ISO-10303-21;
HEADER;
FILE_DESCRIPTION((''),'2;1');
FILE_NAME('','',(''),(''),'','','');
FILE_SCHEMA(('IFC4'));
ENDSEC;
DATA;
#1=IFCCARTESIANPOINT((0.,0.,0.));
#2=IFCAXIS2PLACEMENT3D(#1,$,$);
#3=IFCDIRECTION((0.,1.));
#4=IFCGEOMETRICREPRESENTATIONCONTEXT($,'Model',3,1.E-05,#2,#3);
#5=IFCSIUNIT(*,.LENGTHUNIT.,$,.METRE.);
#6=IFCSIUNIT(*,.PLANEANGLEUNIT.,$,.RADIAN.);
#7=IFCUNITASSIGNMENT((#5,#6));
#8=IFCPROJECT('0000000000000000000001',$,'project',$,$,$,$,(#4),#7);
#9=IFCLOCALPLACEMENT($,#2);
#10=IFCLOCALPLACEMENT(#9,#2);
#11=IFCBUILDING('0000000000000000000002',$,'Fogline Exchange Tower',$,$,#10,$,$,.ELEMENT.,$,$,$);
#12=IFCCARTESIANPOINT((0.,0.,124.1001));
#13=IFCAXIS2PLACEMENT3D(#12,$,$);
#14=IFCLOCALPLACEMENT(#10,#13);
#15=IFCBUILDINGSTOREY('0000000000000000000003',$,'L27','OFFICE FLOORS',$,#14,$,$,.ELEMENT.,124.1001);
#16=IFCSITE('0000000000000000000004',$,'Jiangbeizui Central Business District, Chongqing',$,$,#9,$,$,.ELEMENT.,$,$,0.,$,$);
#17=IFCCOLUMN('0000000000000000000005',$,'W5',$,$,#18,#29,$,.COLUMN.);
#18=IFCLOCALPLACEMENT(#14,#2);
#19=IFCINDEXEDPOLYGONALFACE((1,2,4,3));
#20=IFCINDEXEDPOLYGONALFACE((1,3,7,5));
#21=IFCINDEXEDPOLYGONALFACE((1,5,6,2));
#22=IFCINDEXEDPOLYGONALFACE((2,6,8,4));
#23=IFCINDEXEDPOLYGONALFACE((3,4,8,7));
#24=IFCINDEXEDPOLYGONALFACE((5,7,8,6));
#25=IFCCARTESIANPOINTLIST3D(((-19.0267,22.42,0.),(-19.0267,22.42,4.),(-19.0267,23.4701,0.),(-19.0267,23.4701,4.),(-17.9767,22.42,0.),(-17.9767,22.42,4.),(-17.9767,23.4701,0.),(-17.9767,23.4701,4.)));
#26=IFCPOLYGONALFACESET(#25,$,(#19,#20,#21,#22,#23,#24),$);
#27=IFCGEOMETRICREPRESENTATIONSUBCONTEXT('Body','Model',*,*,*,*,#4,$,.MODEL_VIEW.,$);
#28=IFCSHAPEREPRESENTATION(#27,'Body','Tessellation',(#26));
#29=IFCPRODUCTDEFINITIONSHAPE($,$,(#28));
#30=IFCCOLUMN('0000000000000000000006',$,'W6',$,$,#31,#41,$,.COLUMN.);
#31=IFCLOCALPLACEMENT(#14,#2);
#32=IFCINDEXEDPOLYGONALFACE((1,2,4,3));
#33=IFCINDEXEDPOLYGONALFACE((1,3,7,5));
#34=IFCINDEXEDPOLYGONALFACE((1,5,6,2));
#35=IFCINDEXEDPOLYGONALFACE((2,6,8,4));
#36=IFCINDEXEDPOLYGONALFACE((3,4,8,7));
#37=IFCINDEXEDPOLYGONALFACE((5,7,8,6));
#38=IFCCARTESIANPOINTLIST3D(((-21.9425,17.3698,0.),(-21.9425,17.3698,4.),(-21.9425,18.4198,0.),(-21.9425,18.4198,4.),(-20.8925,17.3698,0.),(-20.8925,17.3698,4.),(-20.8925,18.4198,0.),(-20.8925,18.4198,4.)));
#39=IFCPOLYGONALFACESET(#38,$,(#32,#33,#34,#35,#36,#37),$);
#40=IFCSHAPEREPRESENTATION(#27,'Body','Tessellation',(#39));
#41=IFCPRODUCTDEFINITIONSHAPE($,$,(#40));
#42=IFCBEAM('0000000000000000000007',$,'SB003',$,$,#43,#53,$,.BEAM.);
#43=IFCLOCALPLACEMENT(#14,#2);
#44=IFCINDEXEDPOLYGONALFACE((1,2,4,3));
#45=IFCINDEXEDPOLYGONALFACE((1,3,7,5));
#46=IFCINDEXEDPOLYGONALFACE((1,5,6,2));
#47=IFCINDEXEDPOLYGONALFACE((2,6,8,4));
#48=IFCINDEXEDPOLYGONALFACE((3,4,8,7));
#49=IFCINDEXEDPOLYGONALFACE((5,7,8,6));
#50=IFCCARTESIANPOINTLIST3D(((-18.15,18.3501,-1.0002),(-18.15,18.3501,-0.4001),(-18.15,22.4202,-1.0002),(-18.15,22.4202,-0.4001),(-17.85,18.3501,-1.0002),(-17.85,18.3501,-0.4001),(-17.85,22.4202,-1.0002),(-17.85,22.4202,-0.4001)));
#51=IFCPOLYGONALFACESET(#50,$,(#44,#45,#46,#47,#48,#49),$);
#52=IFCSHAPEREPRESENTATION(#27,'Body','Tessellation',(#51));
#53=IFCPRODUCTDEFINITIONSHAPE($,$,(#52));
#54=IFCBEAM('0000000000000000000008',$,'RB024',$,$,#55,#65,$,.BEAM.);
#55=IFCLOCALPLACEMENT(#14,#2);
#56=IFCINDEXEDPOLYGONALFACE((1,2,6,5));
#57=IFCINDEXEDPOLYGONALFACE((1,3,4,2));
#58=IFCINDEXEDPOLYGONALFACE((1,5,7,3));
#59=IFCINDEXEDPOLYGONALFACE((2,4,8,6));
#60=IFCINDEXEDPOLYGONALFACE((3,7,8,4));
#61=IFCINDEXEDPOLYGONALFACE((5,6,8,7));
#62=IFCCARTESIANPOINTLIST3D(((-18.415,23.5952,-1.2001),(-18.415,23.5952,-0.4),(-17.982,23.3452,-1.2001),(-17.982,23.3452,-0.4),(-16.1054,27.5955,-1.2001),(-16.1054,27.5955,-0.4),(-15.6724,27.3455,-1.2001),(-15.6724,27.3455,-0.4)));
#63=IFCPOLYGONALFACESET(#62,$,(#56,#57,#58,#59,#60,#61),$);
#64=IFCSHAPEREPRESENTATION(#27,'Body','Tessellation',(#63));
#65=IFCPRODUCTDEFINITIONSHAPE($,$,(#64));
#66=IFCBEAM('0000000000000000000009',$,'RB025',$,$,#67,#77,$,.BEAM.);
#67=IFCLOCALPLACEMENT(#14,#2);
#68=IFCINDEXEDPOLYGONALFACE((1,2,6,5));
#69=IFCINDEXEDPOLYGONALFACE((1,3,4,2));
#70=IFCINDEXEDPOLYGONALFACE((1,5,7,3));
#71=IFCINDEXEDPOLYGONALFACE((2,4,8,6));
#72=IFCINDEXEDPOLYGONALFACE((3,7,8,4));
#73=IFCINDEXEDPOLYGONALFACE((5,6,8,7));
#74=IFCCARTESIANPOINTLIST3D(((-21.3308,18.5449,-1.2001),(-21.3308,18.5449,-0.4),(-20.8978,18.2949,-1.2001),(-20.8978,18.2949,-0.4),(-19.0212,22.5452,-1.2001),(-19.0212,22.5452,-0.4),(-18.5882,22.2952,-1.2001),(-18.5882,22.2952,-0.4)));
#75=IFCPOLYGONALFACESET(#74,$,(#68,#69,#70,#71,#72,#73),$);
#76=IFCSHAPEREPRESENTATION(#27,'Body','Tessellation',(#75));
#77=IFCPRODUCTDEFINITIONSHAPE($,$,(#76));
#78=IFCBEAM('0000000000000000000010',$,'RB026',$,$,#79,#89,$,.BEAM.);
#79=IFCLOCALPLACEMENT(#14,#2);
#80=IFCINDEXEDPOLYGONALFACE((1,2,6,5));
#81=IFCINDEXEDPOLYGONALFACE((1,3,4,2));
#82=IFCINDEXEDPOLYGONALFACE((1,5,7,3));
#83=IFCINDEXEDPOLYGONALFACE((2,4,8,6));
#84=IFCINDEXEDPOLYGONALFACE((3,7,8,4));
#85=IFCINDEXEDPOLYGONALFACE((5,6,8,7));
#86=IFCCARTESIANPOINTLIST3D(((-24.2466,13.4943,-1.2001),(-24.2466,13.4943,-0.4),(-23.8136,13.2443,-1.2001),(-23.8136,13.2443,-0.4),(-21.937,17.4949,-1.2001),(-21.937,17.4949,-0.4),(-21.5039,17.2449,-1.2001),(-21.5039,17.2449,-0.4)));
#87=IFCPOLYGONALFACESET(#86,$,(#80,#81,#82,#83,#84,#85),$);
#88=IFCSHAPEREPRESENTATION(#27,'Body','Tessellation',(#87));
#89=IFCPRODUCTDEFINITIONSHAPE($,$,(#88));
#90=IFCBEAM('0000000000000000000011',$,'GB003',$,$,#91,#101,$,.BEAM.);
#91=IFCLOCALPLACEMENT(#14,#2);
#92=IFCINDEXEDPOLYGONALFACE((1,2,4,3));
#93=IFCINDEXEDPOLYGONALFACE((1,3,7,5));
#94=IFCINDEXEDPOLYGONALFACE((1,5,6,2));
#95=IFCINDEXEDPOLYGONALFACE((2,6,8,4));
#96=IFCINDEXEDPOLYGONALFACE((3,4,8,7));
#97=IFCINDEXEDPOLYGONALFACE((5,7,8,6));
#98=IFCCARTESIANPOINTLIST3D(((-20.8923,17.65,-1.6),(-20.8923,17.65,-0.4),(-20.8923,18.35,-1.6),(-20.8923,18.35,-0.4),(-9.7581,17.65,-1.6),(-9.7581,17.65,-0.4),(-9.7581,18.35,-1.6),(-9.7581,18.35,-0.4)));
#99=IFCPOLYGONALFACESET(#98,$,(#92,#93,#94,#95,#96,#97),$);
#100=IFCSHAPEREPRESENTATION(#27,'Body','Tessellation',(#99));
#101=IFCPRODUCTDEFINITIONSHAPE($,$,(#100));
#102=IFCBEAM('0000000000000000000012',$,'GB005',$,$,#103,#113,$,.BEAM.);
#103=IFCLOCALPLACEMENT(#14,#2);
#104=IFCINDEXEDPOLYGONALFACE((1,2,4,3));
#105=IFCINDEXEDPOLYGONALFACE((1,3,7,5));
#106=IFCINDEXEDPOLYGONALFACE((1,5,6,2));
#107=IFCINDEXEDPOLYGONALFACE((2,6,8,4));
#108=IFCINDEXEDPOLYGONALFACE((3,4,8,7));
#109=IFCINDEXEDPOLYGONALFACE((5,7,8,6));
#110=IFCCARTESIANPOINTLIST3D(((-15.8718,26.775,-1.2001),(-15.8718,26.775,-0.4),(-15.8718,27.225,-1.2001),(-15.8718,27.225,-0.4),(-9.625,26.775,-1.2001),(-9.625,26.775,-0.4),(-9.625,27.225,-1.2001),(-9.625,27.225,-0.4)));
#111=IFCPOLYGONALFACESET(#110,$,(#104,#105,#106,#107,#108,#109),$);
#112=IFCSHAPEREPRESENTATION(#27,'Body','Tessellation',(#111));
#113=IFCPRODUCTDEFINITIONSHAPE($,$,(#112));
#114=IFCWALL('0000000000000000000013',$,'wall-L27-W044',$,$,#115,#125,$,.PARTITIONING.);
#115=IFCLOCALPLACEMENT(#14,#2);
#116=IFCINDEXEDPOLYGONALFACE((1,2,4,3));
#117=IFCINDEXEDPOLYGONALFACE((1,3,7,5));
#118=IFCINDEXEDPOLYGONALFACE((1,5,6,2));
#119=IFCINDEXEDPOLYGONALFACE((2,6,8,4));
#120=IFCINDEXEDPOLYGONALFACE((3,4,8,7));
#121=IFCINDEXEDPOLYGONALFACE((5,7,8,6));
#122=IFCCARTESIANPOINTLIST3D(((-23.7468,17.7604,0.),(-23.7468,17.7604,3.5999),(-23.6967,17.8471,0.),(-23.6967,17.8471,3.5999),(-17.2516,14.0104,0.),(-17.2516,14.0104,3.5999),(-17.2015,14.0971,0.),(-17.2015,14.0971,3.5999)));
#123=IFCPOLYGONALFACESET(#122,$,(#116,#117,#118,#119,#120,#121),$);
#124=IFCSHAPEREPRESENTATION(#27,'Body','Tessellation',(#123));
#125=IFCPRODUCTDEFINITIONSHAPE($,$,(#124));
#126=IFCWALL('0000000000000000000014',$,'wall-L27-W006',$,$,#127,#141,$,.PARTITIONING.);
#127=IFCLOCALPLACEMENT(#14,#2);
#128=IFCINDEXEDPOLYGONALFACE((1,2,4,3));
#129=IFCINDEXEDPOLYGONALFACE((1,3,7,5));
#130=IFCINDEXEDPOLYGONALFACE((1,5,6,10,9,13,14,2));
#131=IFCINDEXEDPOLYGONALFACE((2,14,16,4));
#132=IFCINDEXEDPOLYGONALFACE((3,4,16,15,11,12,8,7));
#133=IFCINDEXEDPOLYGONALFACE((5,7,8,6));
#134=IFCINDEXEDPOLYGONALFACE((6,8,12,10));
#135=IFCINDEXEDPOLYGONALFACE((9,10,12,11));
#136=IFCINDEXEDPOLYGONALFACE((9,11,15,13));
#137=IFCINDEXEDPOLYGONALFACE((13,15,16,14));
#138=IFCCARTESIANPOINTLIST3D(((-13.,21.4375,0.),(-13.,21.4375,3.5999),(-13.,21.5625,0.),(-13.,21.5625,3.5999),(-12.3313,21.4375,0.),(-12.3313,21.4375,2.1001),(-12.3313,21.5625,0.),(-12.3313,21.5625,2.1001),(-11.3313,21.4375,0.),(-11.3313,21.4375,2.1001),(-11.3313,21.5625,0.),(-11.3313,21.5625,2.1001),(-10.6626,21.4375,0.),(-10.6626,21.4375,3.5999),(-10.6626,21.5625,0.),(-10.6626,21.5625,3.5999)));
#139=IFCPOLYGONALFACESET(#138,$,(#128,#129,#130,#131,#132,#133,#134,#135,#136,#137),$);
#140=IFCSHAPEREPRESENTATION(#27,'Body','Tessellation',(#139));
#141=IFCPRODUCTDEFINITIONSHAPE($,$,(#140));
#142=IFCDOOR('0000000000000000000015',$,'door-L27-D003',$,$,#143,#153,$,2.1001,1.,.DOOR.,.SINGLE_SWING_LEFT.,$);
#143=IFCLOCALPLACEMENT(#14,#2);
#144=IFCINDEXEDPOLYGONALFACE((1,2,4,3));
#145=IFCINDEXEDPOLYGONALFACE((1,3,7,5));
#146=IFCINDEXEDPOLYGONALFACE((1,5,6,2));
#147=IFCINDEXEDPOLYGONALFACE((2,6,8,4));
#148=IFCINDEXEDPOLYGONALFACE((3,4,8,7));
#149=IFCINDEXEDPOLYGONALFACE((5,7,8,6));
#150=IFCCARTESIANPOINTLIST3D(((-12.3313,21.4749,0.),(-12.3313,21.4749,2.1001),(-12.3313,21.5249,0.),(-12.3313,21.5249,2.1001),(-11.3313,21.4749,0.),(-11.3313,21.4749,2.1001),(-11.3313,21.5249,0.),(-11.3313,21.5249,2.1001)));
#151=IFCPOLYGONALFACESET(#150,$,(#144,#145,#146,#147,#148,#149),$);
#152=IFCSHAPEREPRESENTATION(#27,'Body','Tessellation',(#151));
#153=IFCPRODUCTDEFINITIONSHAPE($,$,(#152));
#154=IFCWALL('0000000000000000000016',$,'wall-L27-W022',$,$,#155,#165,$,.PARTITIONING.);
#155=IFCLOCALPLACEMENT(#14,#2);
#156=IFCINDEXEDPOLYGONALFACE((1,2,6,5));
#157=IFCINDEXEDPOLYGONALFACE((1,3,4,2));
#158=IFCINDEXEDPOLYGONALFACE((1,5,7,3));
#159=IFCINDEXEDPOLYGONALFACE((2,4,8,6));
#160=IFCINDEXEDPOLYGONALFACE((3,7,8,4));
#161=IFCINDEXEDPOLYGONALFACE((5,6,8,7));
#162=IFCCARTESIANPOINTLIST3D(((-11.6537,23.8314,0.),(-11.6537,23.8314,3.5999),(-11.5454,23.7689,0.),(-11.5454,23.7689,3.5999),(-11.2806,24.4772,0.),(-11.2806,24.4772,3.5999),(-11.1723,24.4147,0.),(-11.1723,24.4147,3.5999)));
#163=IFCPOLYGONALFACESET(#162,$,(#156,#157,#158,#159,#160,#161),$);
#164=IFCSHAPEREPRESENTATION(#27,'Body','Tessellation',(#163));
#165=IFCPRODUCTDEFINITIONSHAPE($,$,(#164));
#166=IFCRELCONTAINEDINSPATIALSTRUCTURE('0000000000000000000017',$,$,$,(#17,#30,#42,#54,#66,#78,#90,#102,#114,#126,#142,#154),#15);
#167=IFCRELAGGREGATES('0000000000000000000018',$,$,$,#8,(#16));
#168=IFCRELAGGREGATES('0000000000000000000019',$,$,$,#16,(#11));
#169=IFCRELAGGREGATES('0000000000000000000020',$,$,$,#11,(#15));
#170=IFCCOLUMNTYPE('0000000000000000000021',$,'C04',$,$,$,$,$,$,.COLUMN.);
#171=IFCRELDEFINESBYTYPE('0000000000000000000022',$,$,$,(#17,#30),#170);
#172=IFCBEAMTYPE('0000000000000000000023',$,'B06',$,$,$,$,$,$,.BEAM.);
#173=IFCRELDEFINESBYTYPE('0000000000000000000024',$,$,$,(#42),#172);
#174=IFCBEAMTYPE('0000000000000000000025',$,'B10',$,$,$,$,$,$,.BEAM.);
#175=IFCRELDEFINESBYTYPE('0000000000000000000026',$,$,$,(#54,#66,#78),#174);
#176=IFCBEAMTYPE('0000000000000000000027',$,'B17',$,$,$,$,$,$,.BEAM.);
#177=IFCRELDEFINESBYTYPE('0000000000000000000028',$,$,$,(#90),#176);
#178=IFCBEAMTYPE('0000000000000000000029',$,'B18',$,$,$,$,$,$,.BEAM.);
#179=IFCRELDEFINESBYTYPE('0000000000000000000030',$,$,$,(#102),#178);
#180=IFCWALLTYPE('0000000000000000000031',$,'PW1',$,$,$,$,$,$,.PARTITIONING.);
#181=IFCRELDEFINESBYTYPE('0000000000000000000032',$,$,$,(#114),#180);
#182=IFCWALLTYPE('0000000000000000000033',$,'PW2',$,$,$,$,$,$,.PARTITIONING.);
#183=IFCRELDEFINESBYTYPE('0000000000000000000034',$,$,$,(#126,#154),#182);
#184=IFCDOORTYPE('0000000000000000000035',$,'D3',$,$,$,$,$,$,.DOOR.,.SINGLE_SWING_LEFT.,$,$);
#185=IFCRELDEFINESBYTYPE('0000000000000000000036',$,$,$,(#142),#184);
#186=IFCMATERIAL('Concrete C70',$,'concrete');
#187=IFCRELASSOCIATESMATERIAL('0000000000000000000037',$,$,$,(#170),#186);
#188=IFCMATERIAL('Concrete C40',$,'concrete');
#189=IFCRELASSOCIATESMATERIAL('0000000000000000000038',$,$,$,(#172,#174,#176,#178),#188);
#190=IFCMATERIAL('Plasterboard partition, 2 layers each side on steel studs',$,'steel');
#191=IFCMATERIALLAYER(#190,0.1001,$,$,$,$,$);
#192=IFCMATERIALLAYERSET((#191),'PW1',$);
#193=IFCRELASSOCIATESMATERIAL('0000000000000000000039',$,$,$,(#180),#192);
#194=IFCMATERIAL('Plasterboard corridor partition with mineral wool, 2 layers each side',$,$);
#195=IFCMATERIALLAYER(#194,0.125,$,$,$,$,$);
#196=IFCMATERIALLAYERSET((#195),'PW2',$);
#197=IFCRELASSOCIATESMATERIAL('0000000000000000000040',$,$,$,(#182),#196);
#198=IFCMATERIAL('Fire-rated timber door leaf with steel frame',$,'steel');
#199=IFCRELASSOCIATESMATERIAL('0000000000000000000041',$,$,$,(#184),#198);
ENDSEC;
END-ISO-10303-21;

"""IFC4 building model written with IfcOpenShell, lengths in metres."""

from ifc_helpers import new_model, si_unit, direction, frame, frame_2d, origin, origin_2d, place, context, subcontext, project, spatial, rectangle, extrude, material, layer, layer_set, material_profile, profile_set, type_object, element, fill, save


model = new_model("IFC4")

# Units and contexts
model_context = context("Model", 3, precision=1e-05, world=origin(), true_north=direction((0.0, 1.0)))
body_context = subcontext(model_context, "Body", "Model", "MODEL_VIEW")
ifc_project = project(units=[si_unit("LENGTHUNIT", "METRE"), si_unit("PLANEANGLEUNIT", "RADIAN")], contexts=[model_context])

# Site, building, storey
site_placement = place(None, origin())
site = spatial("IfcSite", under=ifc_project, at=site_placement, Name="Jiangbeizui Central Business District, Chongqing", CompositionType="ELEMENT", RefElevation=0.0)
building_placement = place(site_placement, origin())
building = spatial("IfcBuilding", under=site, at=building_placement, Name="Fogline Exchange Tower", CompositionType="ELEMENT")
storey_placement = place(building_placement, frame((0.0, 0.0, 124.1001)))
storey = spatial("IfcBuildingStorey", under=building, at=storey_placement, Name="L27", Description="OFFICE FLOORS", CompositionType="ELEMENT", Elevation=124.1001)

# Columns
ifc_material_1 = material(Name="Concrete C70", Category="concrete")
ifc_material_profile_1 = material_profile(ifc_material_1, rectangle(XDim=1.05, YDim=1.05, at=origin_2d()), Name="RC 1050x1050")
ifc_profile_set_1 = profile_set([ifc_material_profile_1], Name="Concrete C70")
column_type = type_object("IfcColumnType", Name="C04", PredefinedType="COLUMN", material=ifc_profile_set_1)
for number, where, z_axis, x_axis, name in (
    (1, (-18.5017, 22.9451, 0.0), (0.0, 0.0, 1.0), (1.0, 0.0, 0.0), "W5"),
    (2, (-21.4175, 17.8948, 0.0), (0.0, 0.0, 1.0), (1.0, 0.0, 0.0), "W6"),
):
    element("IfcColumn", number, at=place(storey_placement, frame(where, z_axis=z_axis, x_axis=x_axis)), inside=storey, type_object=column_type, Name=name, PredefinedType="COLUMN", context=body_context, shape_type="SweptSolid", body=[
        extrude(rectangle(XDim=1.05, YDim=1.05, at=origin_2d()), origin(), (0.0, 0.0, 1.0), 4.0),
    ])

# Beams
ifc_material_2 = material(Name="Concrete C40", Category="concrete")
ifc_material_profile_2 = material_profile(ifc_material_2, rectangle(XDim=0.3, YDim=0.6001, at=origin_2d()), Name="RC 300x600")
ifc_profile_set_2 = profile_set([ifc_material_profile_2], Name="Concrete C40")
beam_type_1 = type_object("IfcBeamType", Name="B06", PredefinedType="BEAM", material=ifc_profile_set_2)
beam_1_placement = place(storey_placement, frame((-18.0, 18.3501, -0.7002), z_axis=(0.0, 1.0, 0.0), x_axis=(-1.0, 0.0, 0.0)))
element("IfcBeam", 3, at=beam_1_placement, inside=storey, type_object=beam_type_1, Name="SB003", PredefinedType="BEAM", context=body_context, shape_type="SweptSolid", body=[
    extrude(rectangle(XDim=0.3, YDim=0.6001, at=origin_2d()), origin(), (0.0, 0.0, 1.0), 4.0701),
])
ifc_material_profile_3 = material_profile(ifc_material_2, rectangle(XDim=0.5, YDim=0.8, at=origin_2d()), Name="RC 500x800")
ifc_profile_set_3 = profile_set([ifc_material_profile_3], Name="Concrete C40")
beam_type_2 = type_object("IfcBeamType", Name="B10", PredefinedType="BEAM", material=ifc_profile_set_3)
for number, where, z_axis, x_axis, name in (
    (4, (-15.8889, 27.4705, -0.8), (-0.500005, -0.866023, 0.0), (0.866023, -0.500005, 0.0), "RB024"),
    (5, (-18.8047, 22.4202, -0.8), (-0.500005, -0.866023, 0.0), (0.866023, -0.500005, 0.0), "RB025"),
):
    element("IfcBeam", number, at=place(storey_placement, frame(where, z_axis=z_axis, x_axis=x_axis)), inside=storey, type_object=beam_type_2, Name=name, PredefinedType="BEAM", context=body_context, shape_type="SweptSolid", body=[
        extrude(rectangle(XDim=0.5, YDim=0.8, at=origin_2d()), origin(), (0.0, 0.0, 1.0), 4.6191),
    ])
beam_2_placement = place(storey_placement, frame((-21.7205, 17.3699, -0.8), z_axis=(-0.499982, -0.866036, 0.0), x_axis=(0.866036, -0.499982, 0.0)))
element("IfcBeam", 6, at=beam_2_placement, inside=storey, type_object=beam_type_2, Name="RB026", PredefinedType="BEAM", context=body_context, shape_type="SweptSolid", body=[
    extrude(rectangle(XDim=0.5, YDim=0.8, at=origin_2d()), origin(), (0.0, 0.0, 1.0), 4.6194),
])
ifc_material_profile_4 = material_profile(ifc_material_2, rectangle(XDim=0.7, YDim=1.2, at=origin_2d()), Name="RC 700x1200")
ifc_profile_set_4 = profile_set([ifc_material_profile_4], Name="Concrete C40")
beam_type_3 = type_object("IfcBeamType", Name="B17", PredefinedType="BEAM", material=ifc_profile_set_4)
beam_3_placement = place(storey_placement, frame((-20.8923, 18.0, -1.0), z_axis=(1.0, 0.0, 0.0), x_axis=(0.0, 1.0, 0.0)))
element("IfcBeam", 7, at=beam_3_placement, inside=storey, type_object=beam_type_3, Name="GB003", PredefinedType="BEAM", context=body_context, shape_type="SweptSolid", body=[
    extrude(rectangle(XDim=0.7, YDim=1.2, at=origin_2d()), origin(), (0.0, 0.0, 1.0), 11.1343),
])
ifc_material_profile_5 = material_profile(ifc_material_2, rectangle(XDim=0.45, YDim=0.8, at=origin_2d()), Name="RC 450x800")
ifc_profile_set_5 = profile_set([ifc_material_profile_5], Name="Concrete C40")
beam_type_4 = type_object("IfcBeamType", Name="B18", PredefinedType="BEAM", material=ifc_profile_set_5)
beam_4_placement = place(storey_placement, frame((-15.8718, 27.0, -0.8), z_axis=(1.0, 0.0, 0.0), x_axis=(0.0, 1.0, 0.0)))
element("IfcBeam", 8, at=beam_4_placement, inside=storey, type_object=beam_type_4, Name="GB005", PredefinedType="BEAM", context=body_context, shape_type="SweptSolid", body=[
    extrude(rectangle(XDim=0.45, YDim=0.8, at=origin_2d()), origin(), (0.0, 0.0, 1.0), 6.2468),
])

# Wall
ifc_material_3 = material(Name="Plasterboard partition, 2 layers each side on steel studs", Category="steel")
ifc_layer_1 = layer(ifc_material_3, 0.1001)
ifc_layer_set_1 = layer_set([ifc_layer_1], Name="PW1")
wall_type_1 = type_object("IfcWallType", Name="PW1", PredefinedType="PARTITIONING", material=ifc_layer_set_1)
wall_1_placement = place(storey_placement, frame((-17.2266, 14.0537, 0.0), z_axis=(0.0, 0.0, 1.0), x_axis=(-0.866023, 0.500004, 0.0)))
element("IfcWall", 9, at=wall_1_placement, inside=storey, type_object=wall_type_1, Name="wall-L27-W044", PredefinedType="PARTITIONING", context=body_context, shape_type="SweptSolid", body=[
    extrude(rectangle(XDim=7.5, YDim=0.1001, at=frame_2d((3.75, 0.0))), origin(), (0.0, 0.0, 1.0), 3.5999),
])

# Wall, opening, door
ifc_material_4 = material(Name="Plasterboard corridor partition with mineral wool, 2 layers each side")
ifc_layer_2 = layer(ifc_material_4, 0.125)
ifc_layer_set_2 = layer_set([ifc_layer_2], Name="PW2")
wall_type_2 = type_object("IfcWallType", Name="PW2", PredefinedType="PARTITIONING", material=ifc_layer_set_2)
wall_2_placement = place(storey_placement, frame((-13.0, 21.5, 0.0), z_axis=(0.0, 0.0, 1.0), x_axis=(1.0, 0.0, 0.0)))
wall_2 = element("IfcWall", 10, at=wall_2_placement, inside=storey, type_object=wall_type_2, Name="wall-L27-W006", PredefinedType="PARTITIONING", context=body_context, shape_type="SweptSolid", body=[
    extrude(rectangle(XDim=2.3374, YDim=0.125, at=frame_2d((1.1687, 0.0))), origin(), (0.0, 0.0, 1.0), 3.5999),
])
opening_1_placement = place(wall_2_placement, frame((0.6687, 0.0, 0.0)))
opening_1 = element("IfcOpeningElement", 11, at=opening_1_placement, cuts=wall_2, PredefinedType="OPENING", context=body_context, shape_type="SweptSolid", body=[
    extrude(rectangle(XDim=1.0, YDim=2.1001, at=frame_2d((0.5, 1.05))), frame((0.0, 0.0725, 0.0), z_axis=(0.0, -1.0, 0.0), x_axis=(1.0, 0.0, 0.0)), (0.0, 0.0, 1.0), 0.145),
])
ifc_material_5 = material(Name="Fire-rated timber door leaf with steel frame", Category="steel")
door_type = type_object("IfcDoorType", Name="D3", OperationType="SINGLE_SWING_LEFT", PredefinedType="DOOR", material=ifc_material_5)
door_1_placement = place(opening_1_placement, origin())
door_1 = element("IfcDoor", 12, at=door_1_placement, inside=storey, type_object=door_type, Name="door-L27-D003", OperationType="SINGLE_SWING_LEFT", OverallHeight=2.1001, OverallWidth=1.0, PredefinedType="DOOR", context=body_context, shape_type="SweptSolid", body=[
    extrude(rectangle(XDim=1.0, YDim=2.1001, at=frame_2d((0.5, 1.05))), frame((0.0, 0.0249, 0.0), z_axis=(0.0, -1.0, 0.0), x_axis=(1.0, 0.0, 0.0)), (0.0, 0.0, 1.0), 0.05),
])
fill(opening_1, door_1)

# Wall
wall_3_placement = place(storey_placement, frame((-11.5996, 23.8, 0.0), z_axis=(0.0, 0.0, 1.0), x_axis=(0.500223, 0.865897, 0.0)))
element("IfcWall", 13, at=wall_3_placement, inside=storey, type_object=wall_type_2, Name="wall-L27-W022", PredefinedType="PARTITIONING", context=body_context, shape_type="SweptSolid", body=[
    extrude(rectangle(XDim=0.7458, YDim=0.125, at=frame_2d((0.373, 0.0))), origin(), (0.0, 0.0, 1.0), 3.5999),
])

save(model, "model.ifc")
